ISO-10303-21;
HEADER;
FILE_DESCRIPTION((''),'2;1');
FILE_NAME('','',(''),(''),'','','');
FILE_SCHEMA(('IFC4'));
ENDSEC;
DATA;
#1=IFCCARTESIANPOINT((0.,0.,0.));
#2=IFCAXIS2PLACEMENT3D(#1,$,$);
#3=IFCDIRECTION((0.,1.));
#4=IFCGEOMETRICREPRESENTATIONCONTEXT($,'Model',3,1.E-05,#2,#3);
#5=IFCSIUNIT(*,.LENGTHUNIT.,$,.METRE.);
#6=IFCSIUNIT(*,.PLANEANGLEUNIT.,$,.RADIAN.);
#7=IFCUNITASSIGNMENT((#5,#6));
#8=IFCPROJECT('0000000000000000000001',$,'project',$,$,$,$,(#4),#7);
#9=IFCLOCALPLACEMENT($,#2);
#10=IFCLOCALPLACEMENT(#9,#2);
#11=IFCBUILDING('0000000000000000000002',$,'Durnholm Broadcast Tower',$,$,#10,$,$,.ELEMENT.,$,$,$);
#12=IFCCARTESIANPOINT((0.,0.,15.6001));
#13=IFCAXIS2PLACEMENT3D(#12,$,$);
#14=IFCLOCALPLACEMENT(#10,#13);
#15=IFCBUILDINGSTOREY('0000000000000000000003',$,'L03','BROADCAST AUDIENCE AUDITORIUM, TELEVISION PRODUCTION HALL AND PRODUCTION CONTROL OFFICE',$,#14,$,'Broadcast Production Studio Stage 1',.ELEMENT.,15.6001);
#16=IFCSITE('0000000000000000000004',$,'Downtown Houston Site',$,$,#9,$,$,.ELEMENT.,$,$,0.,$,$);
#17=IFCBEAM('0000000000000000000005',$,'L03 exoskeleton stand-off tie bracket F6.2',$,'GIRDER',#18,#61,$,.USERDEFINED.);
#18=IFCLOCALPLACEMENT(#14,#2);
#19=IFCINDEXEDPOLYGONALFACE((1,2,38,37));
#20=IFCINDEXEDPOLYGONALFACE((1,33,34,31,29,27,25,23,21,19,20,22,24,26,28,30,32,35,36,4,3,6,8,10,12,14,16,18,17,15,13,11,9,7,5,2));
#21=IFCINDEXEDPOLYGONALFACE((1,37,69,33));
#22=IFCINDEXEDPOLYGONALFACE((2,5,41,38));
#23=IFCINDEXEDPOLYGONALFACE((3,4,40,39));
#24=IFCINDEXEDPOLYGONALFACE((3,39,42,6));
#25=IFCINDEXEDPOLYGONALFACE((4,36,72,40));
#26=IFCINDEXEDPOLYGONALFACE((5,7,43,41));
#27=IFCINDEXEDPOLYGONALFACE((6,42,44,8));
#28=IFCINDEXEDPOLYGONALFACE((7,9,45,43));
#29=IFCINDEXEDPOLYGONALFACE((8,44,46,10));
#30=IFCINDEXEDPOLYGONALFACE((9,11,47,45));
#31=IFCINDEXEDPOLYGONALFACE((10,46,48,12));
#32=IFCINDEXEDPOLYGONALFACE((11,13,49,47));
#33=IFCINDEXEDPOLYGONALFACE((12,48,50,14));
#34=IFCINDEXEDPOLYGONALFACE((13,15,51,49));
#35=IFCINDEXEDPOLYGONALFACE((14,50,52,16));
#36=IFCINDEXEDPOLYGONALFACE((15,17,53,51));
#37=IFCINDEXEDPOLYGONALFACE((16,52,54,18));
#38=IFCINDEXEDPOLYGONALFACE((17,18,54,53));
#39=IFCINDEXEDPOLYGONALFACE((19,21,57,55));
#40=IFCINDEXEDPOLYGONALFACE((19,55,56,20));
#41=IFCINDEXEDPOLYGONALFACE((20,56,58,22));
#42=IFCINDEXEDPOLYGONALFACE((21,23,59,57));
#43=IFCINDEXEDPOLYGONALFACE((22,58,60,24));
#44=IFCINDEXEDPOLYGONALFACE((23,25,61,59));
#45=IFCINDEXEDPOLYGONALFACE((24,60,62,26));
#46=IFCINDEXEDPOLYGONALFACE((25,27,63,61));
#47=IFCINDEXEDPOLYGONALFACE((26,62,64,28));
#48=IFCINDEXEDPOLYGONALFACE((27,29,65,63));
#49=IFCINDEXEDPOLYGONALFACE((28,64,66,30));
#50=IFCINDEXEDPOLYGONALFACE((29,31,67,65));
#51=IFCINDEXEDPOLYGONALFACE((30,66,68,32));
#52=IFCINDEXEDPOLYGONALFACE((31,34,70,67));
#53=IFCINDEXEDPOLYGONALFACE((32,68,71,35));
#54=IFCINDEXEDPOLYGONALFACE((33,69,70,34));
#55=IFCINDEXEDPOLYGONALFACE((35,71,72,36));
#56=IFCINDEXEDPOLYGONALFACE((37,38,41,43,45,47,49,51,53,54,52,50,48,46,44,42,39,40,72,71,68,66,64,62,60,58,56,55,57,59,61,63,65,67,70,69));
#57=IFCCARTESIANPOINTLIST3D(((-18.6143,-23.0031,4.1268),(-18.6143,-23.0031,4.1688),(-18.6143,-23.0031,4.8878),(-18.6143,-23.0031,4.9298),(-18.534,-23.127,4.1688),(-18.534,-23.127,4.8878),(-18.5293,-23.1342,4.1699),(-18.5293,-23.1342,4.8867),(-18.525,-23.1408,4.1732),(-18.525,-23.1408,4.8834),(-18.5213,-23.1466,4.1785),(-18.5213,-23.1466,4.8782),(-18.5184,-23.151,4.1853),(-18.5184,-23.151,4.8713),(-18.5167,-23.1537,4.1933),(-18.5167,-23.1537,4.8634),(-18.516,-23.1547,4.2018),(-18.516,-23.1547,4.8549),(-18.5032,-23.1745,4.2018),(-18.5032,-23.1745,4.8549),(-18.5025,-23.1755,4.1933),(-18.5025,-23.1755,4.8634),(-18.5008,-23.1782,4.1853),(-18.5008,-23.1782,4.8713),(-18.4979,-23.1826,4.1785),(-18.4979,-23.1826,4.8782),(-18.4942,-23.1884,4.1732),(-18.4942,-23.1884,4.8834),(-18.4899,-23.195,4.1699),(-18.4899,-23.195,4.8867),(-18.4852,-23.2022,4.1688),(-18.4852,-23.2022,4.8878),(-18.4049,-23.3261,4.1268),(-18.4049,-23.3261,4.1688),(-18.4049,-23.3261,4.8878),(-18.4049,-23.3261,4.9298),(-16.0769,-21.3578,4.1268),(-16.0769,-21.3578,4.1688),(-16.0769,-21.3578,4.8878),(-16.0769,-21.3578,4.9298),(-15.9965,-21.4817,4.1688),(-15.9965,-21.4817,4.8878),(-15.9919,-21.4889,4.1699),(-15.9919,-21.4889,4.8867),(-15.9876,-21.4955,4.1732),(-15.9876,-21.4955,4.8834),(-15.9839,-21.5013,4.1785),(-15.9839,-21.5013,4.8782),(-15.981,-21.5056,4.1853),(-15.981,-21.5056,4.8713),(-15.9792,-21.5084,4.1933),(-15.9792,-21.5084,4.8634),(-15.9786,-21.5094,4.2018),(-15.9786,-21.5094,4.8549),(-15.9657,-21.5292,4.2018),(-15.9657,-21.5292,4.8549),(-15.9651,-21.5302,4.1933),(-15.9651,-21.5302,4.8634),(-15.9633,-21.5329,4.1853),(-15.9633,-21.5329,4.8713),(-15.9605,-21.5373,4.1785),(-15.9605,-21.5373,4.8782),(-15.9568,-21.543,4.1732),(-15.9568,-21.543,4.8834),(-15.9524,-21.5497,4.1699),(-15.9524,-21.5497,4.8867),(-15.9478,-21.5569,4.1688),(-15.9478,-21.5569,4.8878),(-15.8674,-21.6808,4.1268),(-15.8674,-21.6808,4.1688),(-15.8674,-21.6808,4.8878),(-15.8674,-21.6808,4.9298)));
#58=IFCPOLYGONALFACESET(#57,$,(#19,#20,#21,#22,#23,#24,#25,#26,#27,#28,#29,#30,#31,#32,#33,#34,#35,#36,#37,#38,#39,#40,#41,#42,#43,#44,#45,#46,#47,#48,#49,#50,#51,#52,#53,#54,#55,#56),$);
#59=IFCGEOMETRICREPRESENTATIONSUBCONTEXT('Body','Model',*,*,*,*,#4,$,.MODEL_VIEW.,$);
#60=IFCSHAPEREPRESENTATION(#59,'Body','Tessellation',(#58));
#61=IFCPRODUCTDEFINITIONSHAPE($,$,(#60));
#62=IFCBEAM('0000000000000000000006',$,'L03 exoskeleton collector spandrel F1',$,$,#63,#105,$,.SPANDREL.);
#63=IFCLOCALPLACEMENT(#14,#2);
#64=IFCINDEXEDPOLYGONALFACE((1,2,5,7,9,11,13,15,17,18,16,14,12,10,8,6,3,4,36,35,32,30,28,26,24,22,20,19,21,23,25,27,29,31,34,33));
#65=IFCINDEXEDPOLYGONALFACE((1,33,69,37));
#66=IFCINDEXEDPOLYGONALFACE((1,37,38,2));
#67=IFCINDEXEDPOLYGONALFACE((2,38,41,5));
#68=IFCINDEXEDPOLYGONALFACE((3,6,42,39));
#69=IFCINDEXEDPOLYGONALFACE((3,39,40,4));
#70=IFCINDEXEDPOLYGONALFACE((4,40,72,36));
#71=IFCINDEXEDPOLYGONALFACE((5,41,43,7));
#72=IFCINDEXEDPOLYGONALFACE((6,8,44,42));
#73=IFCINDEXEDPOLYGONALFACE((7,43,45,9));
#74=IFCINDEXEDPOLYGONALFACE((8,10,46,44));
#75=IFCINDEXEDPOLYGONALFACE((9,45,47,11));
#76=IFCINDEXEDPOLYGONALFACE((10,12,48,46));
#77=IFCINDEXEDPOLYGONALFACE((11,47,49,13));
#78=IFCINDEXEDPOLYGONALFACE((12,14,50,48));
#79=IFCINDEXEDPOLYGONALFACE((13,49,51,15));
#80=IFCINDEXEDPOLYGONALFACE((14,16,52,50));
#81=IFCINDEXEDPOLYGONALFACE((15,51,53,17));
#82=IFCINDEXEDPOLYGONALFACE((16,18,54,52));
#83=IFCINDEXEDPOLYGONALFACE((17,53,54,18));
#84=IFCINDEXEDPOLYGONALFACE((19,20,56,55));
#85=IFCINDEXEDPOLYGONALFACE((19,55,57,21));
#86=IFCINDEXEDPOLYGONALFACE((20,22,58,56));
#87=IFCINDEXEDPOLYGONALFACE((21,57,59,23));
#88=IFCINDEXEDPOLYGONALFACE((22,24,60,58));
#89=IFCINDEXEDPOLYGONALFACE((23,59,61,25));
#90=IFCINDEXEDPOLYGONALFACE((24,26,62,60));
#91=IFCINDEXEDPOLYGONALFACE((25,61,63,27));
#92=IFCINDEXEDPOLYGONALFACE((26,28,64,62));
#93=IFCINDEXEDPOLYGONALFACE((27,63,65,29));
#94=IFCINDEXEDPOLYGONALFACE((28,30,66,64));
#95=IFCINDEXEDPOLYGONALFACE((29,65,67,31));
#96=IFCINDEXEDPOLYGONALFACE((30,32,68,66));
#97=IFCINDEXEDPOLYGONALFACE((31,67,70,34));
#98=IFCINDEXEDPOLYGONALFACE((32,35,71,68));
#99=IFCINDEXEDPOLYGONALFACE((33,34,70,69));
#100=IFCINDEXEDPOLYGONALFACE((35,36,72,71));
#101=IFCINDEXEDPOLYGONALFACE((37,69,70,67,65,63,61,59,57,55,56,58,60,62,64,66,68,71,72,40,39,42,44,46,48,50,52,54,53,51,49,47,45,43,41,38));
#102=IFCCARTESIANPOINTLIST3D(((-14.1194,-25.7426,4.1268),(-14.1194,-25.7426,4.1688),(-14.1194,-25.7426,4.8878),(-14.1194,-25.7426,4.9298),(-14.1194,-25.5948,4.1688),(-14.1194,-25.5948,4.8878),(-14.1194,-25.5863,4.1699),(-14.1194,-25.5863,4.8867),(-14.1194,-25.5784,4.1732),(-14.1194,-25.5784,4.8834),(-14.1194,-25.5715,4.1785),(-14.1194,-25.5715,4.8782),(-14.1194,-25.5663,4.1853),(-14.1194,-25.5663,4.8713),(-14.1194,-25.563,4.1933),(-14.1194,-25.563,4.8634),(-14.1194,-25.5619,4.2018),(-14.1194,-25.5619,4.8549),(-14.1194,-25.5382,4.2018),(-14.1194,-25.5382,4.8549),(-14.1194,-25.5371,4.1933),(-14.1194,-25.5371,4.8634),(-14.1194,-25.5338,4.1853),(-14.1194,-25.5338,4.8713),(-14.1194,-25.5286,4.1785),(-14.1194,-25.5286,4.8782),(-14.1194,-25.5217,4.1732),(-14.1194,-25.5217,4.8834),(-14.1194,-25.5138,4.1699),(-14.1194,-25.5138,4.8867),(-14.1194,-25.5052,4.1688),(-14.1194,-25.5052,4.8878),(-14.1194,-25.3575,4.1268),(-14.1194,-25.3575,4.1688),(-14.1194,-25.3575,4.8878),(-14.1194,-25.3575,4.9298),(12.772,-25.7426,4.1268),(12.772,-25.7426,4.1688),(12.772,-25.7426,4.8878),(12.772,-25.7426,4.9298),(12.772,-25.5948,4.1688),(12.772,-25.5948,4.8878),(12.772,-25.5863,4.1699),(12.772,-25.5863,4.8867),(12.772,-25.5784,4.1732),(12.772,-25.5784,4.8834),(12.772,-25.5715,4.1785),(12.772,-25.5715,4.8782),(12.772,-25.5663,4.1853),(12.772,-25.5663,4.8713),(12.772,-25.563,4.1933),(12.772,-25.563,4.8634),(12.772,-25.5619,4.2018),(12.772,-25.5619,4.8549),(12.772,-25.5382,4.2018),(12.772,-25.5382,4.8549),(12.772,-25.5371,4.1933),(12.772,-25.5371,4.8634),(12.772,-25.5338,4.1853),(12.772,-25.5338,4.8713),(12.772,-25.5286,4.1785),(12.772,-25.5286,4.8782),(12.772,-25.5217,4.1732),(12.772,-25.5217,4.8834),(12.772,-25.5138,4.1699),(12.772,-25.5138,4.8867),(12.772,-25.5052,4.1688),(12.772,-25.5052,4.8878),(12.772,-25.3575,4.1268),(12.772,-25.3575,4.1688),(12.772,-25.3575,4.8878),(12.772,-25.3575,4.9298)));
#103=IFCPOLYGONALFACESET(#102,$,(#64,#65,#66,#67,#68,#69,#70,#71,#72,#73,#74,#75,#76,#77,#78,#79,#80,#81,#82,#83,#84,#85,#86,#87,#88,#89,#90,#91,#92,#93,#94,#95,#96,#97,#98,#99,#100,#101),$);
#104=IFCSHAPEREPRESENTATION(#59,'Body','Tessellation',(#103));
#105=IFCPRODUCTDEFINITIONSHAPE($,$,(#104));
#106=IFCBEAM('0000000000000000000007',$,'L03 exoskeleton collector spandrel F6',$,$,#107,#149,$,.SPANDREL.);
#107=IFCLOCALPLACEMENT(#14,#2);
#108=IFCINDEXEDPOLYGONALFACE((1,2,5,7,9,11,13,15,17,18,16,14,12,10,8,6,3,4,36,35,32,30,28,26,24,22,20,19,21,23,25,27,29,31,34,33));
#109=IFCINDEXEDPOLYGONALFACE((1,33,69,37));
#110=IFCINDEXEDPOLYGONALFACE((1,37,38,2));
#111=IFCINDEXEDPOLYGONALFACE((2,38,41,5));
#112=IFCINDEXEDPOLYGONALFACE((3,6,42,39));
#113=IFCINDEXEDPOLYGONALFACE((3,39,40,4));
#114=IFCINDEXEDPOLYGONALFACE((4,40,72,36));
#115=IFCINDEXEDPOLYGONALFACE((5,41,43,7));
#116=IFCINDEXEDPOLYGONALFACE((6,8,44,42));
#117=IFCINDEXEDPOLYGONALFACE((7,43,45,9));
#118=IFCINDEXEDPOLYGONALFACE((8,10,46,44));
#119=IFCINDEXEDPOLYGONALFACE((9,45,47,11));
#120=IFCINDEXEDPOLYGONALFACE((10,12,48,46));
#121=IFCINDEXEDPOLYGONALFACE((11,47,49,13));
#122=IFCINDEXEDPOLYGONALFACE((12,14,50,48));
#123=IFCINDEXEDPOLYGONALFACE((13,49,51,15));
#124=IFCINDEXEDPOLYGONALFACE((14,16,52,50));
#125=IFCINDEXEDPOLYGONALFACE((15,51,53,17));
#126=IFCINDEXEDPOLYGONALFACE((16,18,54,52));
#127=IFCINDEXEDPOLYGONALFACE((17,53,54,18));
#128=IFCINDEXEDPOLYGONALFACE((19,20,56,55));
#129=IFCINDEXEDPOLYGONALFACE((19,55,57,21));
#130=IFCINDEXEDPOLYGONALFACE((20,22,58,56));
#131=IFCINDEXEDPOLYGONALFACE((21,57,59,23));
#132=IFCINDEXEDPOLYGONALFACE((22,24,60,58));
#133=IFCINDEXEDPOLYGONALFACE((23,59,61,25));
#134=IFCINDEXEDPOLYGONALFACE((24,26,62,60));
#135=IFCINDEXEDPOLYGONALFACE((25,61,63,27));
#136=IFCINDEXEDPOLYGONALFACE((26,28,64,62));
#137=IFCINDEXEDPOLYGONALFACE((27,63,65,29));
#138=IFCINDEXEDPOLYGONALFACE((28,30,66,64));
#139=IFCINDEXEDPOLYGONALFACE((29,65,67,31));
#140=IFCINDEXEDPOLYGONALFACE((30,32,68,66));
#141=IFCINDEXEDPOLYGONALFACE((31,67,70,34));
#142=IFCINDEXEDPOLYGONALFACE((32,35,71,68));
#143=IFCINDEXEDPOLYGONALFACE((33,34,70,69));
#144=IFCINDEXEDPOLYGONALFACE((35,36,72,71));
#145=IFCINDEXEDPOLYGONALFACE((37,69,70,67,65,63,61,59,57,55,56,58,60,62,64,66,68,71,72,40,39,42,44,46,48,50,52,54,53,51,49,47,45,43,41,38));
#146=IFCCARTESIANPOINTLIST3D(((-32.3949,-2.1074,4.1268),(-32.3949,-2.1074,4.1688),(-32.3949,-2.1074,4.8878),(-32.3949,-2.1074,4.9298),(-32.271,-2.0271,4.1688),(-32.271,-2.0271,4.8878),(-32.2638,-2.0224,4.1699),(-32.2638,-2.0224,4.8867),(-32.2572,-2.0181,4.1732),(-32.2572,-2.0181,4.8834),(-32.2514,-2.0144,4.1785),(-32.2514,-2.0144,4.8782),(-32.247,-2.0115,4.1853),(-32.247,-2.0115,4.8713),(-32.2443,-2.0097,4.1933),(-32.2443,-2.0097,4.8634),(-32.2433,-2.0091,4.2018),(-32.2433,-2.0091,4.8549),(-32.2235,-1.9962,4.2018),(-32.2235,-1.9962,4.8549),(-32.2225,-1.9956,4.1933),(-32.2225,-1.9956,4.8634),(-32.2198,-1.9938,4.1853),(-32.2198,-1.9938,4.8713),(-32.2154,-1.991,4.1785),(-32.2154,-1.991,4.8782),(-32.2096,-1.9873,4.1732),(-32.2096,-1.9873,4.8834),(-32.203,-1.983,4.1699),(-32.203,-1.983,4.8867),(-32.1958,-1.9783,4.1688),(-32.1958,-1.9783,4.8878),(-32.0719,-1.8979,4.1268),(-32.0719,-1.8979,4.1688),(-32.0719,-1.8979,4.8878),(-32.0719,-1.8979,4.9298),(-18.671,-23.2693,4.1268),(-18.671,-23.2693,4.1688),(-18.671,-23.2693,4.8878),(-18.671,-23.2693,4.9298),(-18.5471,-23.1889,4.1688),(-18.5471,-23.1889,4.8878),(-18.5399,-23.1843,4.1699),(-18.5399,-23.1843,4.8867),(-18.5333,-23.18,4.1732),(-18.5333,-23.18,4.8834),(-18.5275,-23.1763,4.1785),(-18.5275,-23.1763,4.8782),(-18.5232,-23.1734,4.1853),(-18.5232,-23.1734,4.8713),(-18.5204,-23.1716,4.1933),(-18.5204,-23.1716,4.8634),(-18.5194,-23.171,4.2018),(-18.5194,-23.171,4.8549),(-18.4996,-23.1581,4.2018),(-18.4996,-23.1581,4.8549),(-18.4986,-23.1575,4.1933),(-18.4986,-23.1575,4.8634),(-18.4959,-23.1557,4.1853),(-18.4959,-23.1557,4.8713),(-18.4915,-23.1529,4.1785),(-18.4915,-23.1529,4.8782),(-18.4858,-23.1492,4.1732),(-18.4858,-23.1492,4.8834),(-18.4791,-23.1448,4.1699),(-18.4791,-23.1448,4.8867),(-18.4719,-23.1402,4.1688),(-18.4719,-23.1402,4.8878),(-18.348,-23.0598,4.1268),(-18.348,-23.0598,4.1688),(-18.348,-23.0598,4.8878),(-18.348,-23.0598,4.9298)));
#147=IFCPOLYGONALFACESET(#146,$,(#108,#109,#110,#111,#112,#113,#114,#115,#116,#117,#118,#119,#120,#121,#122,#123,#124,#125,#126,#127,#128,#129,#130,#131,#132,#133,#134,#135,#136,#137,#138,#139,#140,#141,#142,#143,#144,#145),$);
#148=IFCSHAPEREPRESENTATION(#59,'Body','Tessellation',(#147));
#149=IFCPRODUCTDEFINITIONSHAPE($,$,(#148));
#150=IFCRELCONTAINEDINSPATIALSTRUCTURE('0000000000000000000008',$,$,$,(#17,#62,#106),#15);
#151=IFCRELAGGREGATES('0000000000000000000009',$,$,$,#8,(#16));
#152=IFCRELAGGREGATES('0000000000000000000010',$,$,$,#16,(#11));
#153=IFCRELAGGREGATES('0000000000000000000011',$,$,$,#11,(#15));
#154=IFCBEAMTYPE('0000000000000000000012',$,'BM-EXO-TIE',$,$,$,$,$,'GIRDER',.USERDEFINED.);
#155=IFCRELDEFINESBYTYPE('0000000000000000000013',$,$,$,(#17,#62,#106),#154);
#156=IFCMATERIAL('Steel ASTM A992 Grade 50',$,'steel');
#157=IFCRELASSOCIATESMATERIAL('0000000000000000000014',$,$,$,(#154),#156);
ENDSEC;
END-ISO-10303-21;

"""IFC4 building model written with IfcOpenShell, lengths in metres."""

from ifc_helpers import new_model, si_unit, direction, frame, origin, origin_2d, place, context, subcontext, project, spatial, i_section, extrude, source, transform, mapped, material, material_profile, profile_set, type_object, type_shapes, element, save


model = new_model("IFC4")

# Units and contexts
model_context = context("Model", 3, precision=1e-05, world=origin(), true_north=direction((0.0, 1.0)))
body_context = subcontext(model_context, "Body", "Model", "MODEL_VIEW")
ifc_project = project(units=[si_unit("LENGTHUNIT", "METRE"), si_unit("PLANEANGLEUNIT", "RADIAN")], contexts=[model_context])

# Site, building, storey
site_placement = place(None, origin())
site = spatial("IfcSite", under=ifc_project, at=site_placement, Name="Downtown Houston Site", CompositionType="ELEMENT", RefElevation=0.0)
building_placement = place(site_placement, origin())
building = spatial("IfcBuilding", under=site, at=building_placement, Name="Durnholm Broadcast Tower", CompositionType="ELEMENT")
storey_placement = place(building_placement, frame((0.0, 0.0, 15.6001)))
storey = spatial("IfcBuildingStorey", under=building, at=storey_placement, Name="L03", Description="BROADCAST AUDIENCE AUDITORIUM, TELEVISION PRODUCTION HALL AND PRODUCTION CONTROL OFFICE", LongName="Broadcast Production Studio Stage 1", CompositionType="ELEMENT", Elevation=15.6001)

# Beams
ifc_material_1 = material(Name="Steel ASTM A992 Grade 50", Category="steel")
ifc_material_profile_1 = material_profile(ifc_material_1, i_section(OverallWidth=0.385, OverallDepth=0.803, WebThickness=0.0237, FlangeThickness=0.042, FilletRadius=0.033, at=origin_2d()), Name="W30X261")
ifc_profile_set_1 = profile_set([ifc_material_profile_1], Name="Steel ASTM A992 Grade 50")
beam_type_1 = type_object("IfcBeamType", Name="BM-EXO-TIE", ElementType="GIRDER", PredefinedType="USERDEFINED", material=ifc_profile_set_1)
shared_shape_1 = source(origin(), body_context, "Body", "SweptSolid", [
    extrude(i_section(OverallWidth=0.385, OverallDepth=0.803, WebThickness=0.0237, FlangeThickness=0.042, FilletRadius=0.033, at=origin_2d()), origin(), (0.0, 0.0, 1.0), 3.0242),
])
beam_1_placement = place(storey_placement, frame((-15.9722, -21.5193, 4.5283), z_axis=(-0.83905, -0.544054, 0.0), x_axis=(0.544054, -0.83905, 0.0)))
element("IfcBeam", 1, at=beam_1_placement, inside=storey, type_object=beam_type_1, Name="L03 exoskeleton stand-off tie bracket F6.2", ObjectType="GIRDER", PredefinedType="USERDEFINED", context=body_context, shape_type="MappedRepresentation", body=[
    mapped(shared_shape_1, transform((0.0, 0.0, 0.0), x_axis=(1.0, 0.0, 0.0), y_axis=(0.0, 1.0, 0.0), z_axis=(0.0, 0.0, 1.0), scale=1.0)),
])
shared_shape_2 = source(origin(), body_context, "Body", "SweptSolid", [
    extrude(i_section(OverallWidth=0.385, OverallDepth=0.803, WebThickness=0.0237, FlangeThickness=0.042, FilletRadius=0.033, at=origin_2d()), origin(), (0.0, 0.0, 1.0), 26.8914),
])
beam_2_placement = place(storey_placement, frame((-14.1194, -25.55, 4.5283), z_axis=(1.0, 0.0, 0.0), x_axis=(0.0, 1.0, 0.0)))
element("IfcBeam", 2, at=beam_2_placement, inside=storey, type_object=beam_type_1, Name="L03 exoskeleton collector spandrel F1", PredefinedType="SPANDREL", context=body_context, shape_type="MappedRepresentation", body=[
    mapped(shared_shape_2, transform((0.0, 0.0, 0.0), x_axis=(1.0, 0.0, 0.0), y_axis=(0.0, 1.0, 0.0), z_axis=(0.0, 0.0, 1.0), scale=1.0)),
])
shared_shape_3 = source(origin(), body_context, "Body", "SweptSolid", [
    extrude(i_section(OverallWidth=0.385, OverallDepth=0.803, WebThickness=0.0237, FlangeThickness=0.042, FilletRadius=0.033, at=origin_2d()), origin(), (0.0, 0.0, 1.0), 25.2224),
])
type_shapes(beam_type_1, [shared_shape_1, shared_shape_2, shared_shape_3])
beam_3_placement = place(storey_placement, frame((-32.2334, -2.0027, 4.5283), z_axis=(0.544115, -0.839011, 0.0), x_axis=(0.839011, 0.544115, 0.0)))
element("IfcBeam", 3, at=beam_3_placement, inside=storey, type_object=beam_type_1, Name="L03 exoskeleton collector spandrel F6", PredefinedType="SPANDREL", context=body_context, shape_type="MappedRepresentation", body=[
    mapped(shared_shape_3, transform((0.0, 0.0, 0.0), x_axis=(1.0, 0.0, 0.0), y_axis=(0.0, 1.0, 0.0), z_axis=(0.0, 0.0, 1.0), scale=1.0)),
])

save(model, "model.ifc")
